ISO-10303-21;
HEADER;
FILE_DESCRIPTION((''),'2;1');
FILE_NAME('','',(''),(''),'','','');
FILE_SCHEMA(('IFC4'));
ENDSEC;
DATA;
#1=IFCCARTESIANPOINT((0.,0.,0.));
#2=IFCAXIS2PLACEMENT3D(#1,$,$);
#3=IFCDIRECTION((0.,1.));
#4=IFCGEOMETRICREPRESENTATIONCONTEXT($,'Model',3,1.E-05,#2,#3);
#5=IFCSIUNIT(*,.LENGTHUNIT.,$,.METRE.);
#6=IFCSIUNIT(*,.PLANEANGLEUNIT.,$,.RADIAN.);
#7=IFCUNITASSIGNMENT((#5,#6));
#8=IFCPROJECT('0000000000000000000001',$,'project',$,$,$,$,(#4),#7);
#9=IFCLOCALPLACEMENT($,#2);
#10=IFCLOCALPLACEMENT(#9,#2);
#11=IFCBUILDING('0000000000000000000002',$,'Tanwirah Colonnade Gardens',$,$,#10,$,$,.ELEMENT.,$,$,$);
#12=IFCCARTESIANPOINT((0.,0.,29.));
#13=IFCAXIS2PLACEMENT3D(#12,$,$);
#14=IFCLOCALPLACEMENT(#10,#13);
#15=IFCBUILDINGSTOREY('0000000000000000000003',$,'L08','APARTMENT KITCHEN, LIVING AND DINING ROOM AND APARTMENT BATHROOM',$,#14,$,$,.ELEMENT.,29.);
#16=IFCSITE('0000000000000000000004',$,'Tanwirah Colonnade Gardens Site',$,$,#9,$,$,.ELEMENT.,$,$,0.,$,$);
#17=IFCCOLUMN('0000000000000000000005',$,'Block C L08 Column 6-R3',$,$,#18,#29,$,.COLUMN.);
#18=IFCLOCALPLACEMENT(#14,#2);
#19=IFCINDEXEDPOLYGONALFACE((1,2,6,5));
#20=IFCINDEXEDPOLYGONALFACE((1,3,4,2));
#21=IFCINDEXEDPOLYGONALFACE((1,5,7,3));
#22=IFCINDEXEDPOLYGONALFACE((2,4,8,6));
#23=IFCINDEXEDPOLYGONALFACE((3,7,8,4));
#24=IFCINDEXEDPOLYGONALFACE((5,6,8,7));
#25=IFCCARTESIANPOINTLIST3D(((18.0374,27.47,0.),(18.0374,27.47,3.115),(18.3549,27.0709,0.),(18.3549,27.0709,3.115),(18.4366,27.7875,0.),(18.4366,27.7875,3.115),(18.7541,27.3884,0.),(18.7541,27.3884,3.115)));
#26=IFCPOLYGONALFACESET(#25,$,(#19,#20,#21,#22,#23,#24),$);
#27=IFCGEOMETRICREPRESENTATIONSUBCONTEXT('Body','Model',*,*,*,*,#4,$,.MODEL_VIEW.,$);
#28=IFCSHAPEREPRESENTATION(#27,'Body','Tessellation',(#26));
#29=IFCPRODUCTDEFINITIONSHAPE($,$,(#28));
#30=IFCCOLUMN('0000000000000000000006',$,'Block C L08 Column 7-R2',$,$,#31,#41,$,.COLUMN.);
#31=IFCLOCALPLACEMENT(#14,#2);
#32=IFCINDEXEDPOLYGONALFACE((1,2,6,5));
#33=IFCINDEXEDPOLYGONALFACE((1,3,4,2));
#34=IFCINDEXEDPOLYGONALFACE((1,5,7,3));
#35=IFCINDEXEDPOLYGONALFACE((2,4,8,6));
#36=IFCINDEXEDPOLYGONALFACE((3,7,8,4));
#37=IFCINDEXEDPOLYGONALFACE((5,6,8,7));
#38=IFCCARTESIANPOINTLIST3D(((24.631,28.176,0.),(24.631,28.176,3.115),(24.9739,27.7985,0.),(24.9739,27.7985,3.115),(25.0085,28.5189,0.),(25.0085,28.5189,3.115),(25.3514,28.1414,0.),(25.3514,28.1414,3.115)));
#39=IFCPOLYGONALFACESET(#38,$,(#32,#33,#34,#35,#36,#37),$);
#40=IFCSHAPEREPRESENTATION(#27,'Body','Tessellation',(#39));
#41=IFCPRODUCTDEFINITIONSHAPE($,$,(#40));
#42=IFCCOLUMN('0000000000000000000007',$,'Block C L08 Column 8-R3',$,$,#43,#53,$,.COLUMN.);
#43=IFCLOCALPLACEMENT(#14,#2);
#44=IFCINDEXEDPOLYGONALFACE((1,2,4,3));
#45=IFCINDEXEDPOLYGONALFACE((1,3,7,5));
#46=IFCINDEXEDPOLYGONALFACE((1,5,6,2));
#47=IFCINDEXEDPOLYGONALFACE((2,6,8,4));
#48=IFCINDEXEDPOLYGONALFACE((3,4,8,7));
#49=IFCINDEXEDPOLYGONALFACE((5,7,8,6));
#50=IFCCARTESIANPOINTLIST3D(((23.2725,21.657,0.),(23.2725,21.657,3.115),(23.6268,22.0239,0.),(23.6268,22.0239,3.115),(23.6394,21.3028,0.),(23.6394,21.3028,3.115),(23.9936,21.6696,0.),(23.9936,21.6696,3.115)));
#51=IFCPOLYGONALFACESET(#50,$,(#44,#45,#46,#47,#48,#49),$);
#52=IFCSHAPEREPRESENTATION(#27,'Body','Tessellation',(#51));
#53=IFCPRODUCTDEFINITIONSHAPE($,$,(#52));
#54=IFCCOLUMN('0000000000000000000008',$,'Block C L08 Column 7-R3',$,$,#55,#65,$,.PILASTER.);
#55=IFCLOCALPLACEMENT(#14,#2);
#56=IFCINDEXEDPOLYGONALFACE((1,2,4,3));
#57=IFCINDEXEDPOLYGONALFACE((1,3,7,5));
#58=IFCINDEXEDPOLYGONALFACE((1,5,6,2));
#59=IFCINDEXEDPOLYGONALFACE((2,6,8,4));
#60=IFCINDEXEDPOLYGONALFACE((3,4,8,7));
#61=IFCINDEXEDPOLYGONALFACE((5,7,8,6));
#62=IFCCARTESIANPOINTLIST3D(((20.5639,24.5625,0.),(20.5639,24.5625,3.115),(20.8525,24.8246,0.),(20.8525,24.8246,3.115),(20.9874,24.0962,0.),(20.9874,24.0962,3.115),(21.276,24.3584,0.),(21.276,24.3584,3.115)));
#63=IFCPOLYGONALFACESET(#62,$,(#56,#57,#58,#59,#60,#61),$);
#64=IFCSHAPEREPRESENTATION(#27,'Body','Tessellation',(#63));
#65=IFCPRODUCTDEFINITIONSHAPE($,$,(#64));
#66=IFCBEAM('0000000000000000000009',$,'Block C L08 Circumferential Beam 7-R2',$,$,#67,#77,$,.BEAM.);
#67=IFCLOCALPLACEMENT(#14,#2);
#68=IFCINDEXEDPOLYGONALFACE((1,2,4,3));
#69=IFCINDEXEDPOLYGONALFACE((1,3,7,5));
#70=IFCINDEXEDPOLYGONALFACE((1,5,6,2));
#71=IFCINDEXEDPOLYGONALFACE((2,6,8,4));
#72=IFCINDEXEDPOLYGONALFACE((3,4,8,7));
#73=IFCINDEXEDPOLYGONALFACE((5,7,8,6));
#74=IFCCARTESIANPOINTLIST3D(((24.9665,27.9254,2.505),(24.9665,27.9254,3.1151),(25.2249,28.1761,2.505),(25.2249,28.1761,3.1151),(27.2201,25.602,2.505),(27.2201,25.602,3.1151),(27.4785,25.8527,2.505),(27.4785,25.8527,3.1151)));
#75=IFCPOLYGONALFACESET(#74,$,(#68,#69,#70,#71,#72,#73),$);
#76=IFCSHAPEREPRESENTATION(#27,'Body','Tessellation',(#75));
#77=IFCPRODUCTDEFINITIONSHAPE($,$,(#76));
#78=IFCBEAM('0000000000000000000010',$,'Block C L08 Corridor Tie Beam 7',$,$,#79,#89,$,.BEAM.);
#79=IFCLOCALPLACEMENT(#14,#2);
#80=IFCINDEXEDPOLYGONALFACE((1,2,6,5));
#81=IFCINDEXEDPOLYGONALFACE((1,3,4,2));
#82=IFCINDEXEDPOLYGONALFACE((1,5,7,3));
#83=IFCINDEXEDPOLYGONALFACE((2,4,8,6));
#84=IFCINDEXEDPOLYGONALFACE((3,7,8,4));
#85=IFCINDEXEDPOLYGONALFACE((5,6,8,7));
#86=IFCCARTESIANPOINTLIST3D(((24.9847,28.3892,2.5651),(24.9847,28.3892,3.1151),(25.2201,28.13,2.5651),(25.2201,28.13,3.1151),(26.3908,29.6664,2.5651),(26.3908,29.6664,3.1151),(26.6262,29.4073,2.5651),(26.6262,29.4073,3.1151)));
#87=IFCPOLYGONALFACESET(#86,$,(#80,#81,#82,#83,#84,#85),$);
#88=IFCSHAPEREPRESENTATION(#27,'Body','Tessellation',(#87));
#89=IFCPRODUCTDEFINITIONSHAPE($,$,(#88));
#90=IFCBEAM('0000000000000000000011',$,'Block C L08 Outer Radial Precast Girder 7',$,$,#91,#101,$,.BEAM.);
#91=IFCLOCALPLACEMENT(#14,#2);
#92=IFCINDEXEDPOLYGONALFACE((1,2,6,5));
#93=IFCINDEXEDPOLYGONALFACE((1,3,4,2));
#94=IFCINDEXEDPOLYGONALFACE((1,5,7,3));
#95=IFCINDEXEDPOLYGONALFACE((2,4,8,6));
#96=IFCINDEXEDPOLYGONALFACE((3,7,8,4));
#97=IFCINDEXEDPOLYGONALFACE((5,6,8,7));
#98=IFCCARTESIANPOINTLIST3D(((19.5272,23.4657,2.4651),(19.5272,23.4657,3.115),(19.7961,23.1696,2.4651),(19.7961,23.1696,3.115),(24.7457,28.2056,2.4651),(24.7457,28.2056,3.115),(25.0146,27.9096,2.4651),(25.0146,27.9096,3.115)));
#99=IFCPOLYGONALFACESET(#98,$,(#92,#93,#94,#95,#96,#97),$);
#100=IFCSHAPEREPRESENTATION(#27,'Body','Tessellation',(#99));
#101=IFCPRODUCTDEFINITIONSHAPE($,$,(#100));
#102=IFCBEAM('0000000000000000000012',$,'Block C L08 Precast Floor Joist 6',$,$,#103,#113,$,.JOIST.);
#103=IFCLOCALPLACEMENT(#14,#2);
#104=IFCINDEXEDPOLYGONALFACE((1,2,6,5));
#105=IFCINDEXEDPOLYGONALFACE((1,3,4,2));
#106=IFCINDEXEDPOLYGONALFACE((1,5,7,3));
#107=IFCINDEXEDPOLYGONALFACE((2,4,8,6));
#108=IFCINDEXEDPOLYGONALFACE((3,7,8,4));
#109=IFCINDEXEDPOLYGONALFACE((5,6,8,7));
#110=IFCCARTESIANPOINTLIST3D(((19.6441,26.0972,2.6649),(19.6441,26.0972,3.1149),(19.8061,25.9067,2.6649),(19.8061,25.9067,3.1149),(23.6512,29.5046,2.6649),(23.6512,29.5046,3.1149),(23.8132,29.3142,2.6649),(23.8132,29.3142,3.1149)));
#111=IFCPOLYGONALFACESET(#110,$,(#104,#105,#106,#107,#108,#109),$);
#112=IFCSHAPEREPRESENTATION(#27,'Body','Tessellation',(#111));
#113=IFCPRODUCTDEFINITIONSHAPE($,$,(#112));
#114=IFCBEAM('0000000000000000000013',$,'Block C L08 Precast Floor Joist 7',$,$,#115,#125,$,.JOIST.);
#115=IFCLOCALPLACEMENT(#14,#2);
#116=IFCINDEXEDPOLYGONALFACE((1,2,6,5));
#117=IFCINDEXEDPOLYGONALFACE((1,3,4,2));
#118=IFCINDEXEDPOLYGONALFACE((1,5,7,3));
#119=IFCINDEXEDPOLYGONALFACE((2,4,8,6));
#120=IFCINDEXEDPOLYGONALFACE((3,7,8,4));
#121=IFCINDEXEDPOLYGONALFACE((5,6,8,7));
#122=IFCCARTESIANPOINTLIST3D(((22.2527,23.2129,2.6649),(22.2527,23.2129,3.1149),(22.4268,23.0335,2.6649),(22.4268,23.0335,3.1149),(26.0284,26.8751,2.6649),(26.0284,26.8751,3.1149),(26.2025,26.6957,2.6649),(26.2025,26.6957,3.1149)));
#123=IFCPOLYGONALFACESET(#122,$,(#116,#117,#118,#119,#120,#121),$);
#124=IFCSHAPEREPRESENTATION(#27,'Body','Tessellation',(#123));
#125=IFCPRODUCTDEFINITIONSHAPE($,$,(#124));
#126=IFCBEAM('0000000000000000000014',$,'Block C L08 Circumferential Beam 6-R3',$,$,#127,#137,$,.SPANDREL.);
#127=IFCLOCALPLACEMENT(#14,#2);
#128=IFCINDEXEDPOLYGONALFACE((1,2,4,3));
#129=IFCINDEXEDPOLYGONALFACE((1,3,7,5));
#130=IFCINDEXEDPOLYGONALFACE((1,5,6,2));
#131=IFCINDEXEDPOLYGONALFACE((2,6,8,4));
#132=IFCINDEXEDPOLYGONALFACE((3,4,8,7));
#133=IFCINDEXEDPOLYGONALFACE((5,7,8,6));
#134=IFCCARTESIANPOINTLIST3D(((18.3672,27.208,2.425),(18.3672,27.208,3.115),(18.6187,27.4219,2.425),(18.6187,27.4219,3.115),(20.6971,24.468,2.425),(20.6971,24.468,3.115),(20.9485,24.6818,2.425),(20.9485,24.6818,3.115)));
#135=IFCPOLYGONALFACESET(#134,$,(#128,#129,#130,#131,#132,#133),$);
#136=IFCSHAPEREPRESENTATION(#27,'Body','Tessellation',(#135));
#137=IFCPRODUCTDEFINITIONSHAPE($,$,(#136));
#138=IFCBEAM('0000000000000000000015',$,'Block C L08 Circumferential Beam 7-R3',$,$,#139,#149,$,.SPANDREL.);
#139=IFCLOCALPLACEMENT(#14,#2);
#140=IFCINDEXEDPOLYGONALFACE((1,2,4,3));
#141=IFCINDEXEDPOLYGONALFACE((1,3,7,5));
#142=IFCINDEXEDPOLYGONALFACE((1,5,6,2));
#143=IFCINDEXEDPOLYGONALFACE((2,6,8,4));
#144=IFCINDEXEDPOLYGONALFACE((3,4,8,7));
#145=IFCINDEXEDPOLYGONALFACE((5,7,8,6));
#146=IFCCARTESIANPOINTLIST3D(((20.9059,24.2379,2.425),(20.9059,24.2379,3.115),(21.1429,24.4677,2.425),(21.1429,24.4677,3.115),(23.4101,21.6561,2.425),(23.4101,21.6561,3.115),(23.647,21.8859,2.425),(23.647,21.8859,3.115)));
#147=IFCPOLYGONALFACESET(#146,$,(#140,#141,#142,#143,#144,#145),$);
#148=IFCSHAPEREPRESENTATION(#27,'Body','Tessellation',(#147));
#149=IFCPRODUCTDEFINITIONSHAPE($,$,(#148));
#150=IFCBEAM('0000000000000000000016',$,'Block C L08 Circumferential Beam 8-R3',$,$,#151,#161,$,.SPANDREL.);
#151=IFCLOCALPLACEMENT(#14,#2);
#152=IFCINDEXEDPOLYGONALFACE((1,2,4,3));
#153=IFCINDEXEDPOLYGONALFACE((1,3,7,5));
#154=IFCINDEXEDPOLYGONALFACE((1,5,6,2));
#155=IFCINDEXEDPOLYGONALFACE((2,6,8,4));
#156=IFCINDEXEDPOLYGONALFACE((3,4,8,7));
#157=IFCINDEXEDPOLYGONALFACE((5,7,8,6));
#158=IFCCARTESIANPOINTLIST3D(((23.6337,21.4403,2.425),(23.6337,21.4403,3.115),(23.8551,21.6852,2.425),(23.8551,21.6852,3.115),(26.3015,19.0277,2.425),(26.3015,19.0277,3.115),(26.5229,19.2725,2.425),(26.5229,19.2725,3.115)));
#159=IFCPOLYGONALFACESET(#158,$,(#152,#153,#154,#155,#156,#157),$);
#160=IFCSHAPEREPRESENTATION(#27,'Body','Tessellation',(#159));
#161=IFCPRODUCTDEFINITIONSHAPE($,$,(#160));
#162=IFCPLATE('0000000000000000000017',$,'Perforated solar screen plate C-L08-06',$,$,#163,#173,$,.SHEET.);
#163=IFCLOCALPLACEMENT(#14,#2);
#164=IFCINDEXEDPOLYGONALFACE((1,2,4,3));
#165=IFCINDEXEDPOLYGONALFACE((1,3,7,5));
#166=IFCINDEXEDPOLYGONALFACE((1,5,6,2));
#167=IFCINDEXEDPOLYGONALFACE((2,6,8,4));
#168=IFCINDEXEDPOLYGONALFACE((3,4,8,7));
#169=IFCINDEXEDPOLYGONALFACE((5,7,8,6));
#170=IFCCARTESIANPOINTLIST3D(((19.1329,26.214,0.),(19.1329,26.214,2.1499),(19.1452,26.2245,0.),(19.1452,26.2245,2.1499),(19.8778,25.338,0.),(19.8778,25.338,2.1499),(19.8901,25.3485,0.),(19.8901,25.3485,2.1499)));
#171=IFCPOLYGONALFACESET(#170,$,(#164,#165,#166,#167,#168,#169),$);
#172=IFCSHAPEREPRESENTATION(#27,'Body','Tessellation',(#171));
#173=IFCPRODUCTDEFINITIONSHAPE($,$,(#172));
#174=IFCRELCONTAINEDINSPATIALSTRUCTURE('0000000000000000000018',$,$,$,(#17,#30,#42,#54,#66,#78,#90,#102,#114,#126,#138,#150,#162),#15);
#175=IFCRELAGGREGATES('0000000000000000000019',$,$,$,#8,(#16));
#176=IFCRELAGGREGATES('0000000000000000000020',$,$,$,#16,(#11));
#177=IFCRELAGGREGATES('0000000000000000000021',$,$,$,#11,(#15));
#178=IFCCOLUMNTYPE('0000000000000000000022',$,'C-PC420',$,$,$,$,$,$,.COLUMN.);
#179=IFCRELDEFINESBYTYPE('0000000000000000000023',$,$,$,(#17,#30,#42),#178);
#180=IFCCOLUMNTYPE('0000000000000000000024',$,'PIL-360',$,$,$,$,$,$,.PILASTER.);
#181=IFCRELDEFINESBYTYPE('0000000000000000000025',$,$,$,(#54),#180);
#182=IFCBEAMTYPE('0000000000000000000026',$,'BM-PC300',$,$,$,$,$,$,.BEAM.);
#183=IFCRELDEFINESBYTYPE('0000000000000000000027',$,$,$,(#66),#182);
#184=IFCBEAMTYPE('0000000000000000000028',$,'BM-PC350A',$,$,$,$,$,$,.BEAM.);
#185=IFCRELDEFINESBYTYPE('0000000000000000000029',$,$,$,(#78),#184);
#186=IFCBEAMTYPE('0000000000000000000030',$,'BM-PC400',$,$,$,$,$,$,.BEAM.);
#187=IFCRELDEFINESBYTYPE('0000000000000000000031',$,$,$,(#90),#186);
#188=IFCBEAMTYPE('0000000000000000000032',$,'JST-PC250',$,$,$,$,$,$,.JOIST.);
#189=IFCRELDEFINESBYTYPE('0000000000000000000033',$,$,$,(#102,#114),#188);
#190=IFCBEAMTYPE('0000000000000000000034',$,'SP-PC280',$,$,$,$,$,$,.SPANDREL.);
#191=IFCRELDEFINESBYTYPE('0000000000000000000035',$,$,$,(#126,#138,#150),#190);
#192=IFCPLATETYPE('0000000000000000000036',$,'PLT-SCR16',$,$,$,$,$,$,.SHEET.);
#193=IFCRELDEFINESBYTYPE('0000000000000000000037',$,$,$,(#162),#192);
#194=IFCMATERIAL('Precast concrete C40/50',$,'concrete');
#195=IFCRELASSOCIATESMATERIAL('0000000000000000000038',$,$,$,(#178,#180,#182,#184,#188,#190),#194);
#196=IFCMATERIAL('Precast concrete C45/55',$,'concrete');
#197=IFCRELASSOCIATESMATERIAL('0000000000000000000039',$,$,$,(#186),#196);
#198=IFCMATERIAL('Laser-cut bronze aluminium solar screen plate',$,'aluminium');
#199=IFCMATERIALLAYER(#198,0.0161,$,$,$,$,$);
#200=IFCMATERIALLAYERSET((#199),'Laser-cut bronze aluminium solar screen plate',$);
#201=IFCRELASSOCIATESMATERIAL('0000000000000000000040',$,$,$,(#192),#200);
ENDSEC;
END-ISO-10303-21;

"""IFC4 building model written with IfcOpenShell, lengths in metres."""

from ifc_helpers import new_model, si_unit, direction, frame, origin, origin_2d, place, context, subcontext, project, spatial, rectangle, extrude, material, layer, layer_set, material_profile, profile_set, type_object, element, save


model = new_model("IFC4")

# Units and contexts
model_context = context("Model", 3, precision=1e-05, world=origin(), true_north=direction((0.0, 1.0)))
body_context = subcontext(model_context, "Body", "Model", "MODEL_VIEW")
ifc_project = project(units=[si_unit("LENGTHUNIT", "METRE"), si_unit("PLANEANGLEUNIT", "RADIAN")], contexts=[model_context])

# Site, building, storey
site_placement = place(None, origin())
site = spatial("IfcSite", under=ifc_project, at=site_placement, Name="Tanwirah Colonnade Gardens Site", CompositionType="ELEMENT", RefElevation=0.0)
building_placement = place(site_placement, origin())
building = spatial("IfcBuilding", under=site, at=building_placement, Name="Tanwirah Colonnade Gardens", CompositionType="ELEMENT")
storey_placement = place(building_placement, frame((0.0, 0.0, 29.0)))
storey = spatial("IfcBuildingStorey", under=building, at=storey_placement, Name="L08", Description="APARTMENT KITCHEN, LIVING AND DINING ROOM AND APARTMENT BATHROOM", CompositionType="ELEMENT", Elevation=29.0)

# Columns
ifc_material_1 = material(Name="Precast concrete C40/50", Category="concrete")
ifc_material_profile_1 = material_profile(ifc_material_1, rectangle(XDim=0.51, YDim=0.51, at=origin_2d()), Name="PC-COL 510x510")
ifc_profile_set_1 = profile_set([ifc_material_profile_1], Name="Precast concrete C40/50")
column_type_1 = type_object("IfcColumnType", Name="C-PC420", PredefinedType="COLUMN", material=ifc_profile_set_1)
for number, where, z_axis, x_axis, name in (
    (1, (18.3958, 27.4292, 0.0), (0.0, 0.0, 1.0), (-0.782608, -0.622515, 0.0), "Block C L08 Column 6-R3"),
    (2, (24.9912, 28.1587, 0.0), (0.0, 0.0, 1.0), (-0.740218, -0.672367, 0.0), "Block C L08 Column 7-R2"),
    (3, (23.6331, 21.6633, 0.0), (0.0, 0.0, 1.0), (-0.694658, -0.71934, 0.0), "Block C L08 Column 8-R3"),
):
    element("IfcColumn", number, at=place(storey_placement, frame(where, z_axis=z_axis, x_axis=x_axis)), inside=storey, type_object=column_type_1, Name=name, PredefinedType="COLUMN", context=body_context, shape_type="SweptSolid", body=[
        extrude(rectangle(XDim=0.51, YDim=0.51, at=origin_2d()), origin(), (0.0, 0.0, 1.0), 3.115),
    ])
ifc_material_profile_2 = material_profile(ifc_material_1, rectangle(XDim=0.3899, YDim=0.6299, at=origin_2d()), Name="PC-PIL 390x630")
ifc_profile_set_2 = profile_set([ifc_material_profile_2], Name="Precast concrete C40/50")
column_type_2 = type_object("IfcColumnType", Name="PIL-360", PredefinedType="PILASTER", material=ifc_profile_set_2)
column_placement = place(storey_placement, frame((20.9199, 24.4604, 0.0), z_axis=(0.0, 0.0, 1.0), x_axis=(-0.740218, -0.672367, 0.0)))
element("IfcColumn", 4, at=column_placement, inside=storey, type_object=column_type_2, Name="Block C L08 Column 7-R3", PredefinedType="PILASTER", context=body_context, shape_type="SweptSolid", body=[
    extrude(rectangle(XDim=0.3899, YDim=0.6299, at=origin_2d()), origin(), (0.0, 0.0, 1.0), 3.115),
])

# Beams
ifc_material_profile_3 = material_profile(ifc_material_1, rectangle(XDim=0.3601, YDim=0.6101, at=origin_2d()), Name="PC-BM 360x610")
ifc_profile_set_3 = profile_set([ifc_material_profile_3], Name="Precast concrete C40/50")
beam_type_1 = type_object("IfcBeamType", Name="BM-PC300", PredefinedType="BEAM", material=ifc_profile_set_3)
beam_1_placement = place(storey_placement, frame((25.0957, 28.0508, 2.8101), z_axis=(0.696239, -0.71781, 0.0), x_axis=(0.71781, 0.696239, 0.0)))
element("IfcBeam", 5, at=beam_1_placement, inside=storey, type_object=beam_type_1, Name="Block C L08 Circumferential Beam 7-R2", PredefinedType="BEAM", context=body_context, shape_type="SweptSolid", body=[
    extrude(rectangle(XDim=0.3601, YDim=0.6101, at=origin_2d()), origin(), (0.0, 0.0, 1.0), 3.2368),
])
ifc_material_profile_4 = material_profile(ifc_material_1, rectangle(XDim=0.3501, YDim=0.55, at=origin_2d()), Name="PC-BM 350x550")
ifc_profile_set_4 = profile_set([ifc_material_profile_4], Name="Precast concrete C40/50")
beam_type_2 = type_object("IfcBeamType", Name="BM-PC350A", PredefinedType="BEAM", material=ifc_profile_set_4)
beam_2_placement = place(storey_placement, frame((26.5085, 29.5369, 2.8401), z_axis=(-0.740219, -0.672366, 0.0), x_axis=(0.672366, -0.740219, 0.0)))
element("IfcBeam", 6, at=beam_2_placement, inside=storey, type_object=beam_type_2, Name="Block C L08 Corridor Tie Beam 7", PredefinedType="BEAM", context=body_context, shape_type="SweptSolid", body=[
    extrude(rectangle(XDim=0.3501, YDim=0.55, at=origin_2d()), origin(), (0.0, 0.0, 1.0), 1.8997),
])
ifc_material_2 = material(Name="Precast concrete C45/55", Category="concrete")
ifc_material_profile_5 = material_profile(ifc_material_2, rectangle(XDim=0.3999, YDim=0.6499, at=origin_2d()), Name="PC-BM 400x650")
ifc_profile_set_5 = profile_set([ifc_material_profile_5], Name="Precast concrete C45/55")
beam_type_3 = type_object("IfcBeamType", Name="BM-PC400", PredefinedType="BEAM", material=ifc_profile_set_5)
beam_3_placement = place(storey_placement, frame((24.8801, 28.0576, 2.79), z_axis=(-0.74023, -0.672354, 0.0), x_axis=(0.672354, -0.74023, 0.0)))
element("IfcBeam", 7, at=beam_3_placement, inside=storey, type_object=beam_type_3, Name="Block C L08 Outer Radial Precast Girder 7", PredefinedType="BEAM", context=body_context, shape_type="SweptSolid", body=[
    extrude(rectangle(XDim=0.3999, YDim=0.6499, at=origin_2d()), origin(), (0.0, 0.0, 1.0), 7.0498),
])
ifc_material_profile_6 = material_profile(ifc_material_1, rectangle(XDim=0.25, YDim=0.45, at=origin_2d()), Name="PC-JST 250x450")
ifc_profile_set_6 = profile_set([ifc_material_profile_6], Name="Precast concrete C40/50")
beam_type_4 = type_object("IfcBeamType", Name="JST-PC250", PredefinedType="JOIST", material=ifc_profile_set_6)
for number, where, z_axis, x_axis, name in (
    (8, (23.7322, 29.4094, 2.8899), (-0.761803, -0.647809, 0.0), (0.647809, -0.761803, 0.0), "Block C L08 Precast Floor Joist 6"),
    (9, (26.1155, 26.7854, 2.8899), (-0.717816, -0.696233, 0.0), (0.696233, -0.717816, 0.0), "Block C L08 Precast Floor Joist 7"),
):
    element("IfcBeam", number, at=place(storey_placement, frame(where, z_axis=z_axis, x_axis=x_axis)), inside=storey, type_object=beam_type_4, Name=name, PredefinedType="JOIST", context=body_context, shape_type="SweptSolid", body=[
        extrude(rectangle(XDim=0.25, YDim=0.45, at=origin_2d()), origin(), (0.0, 0.0, 1.0), 5.26),
    ])
ifc_material_profile_7 = material_profile(ifc_material_1, rectangle(XDim=0.3301, YDim=0.6899, at=origin_2d()), Name="PC-SP 330x690")
ifc_profile_set_7 = profile_set([ifc_material_profile_7], Name="Precast concrete C40/50")
beam_type_5 = type_object("IfcBeamType", Name="SP-PC280", PredefinedType="SPANDREL", material=ifc_profile_set_7)
for number, where, z_axis, x_axis, name in (
    (10, (18.4929, 27.3149, 2.77), (0.647784, -0.761824, 0.0), (0.761824, 0.647784, 0.0), "Block C L08 Circumferential Beam 6-R3"),
    (11, (21.0244, 24.3528, 2.77), (0.696232, -0.717817, 0.0), (0.717817, 0.696232, 0.0), "Block C L08 Circumferential Beam 7-R3"),
):
    element("IfcBeam", number, at=place(storey_placement, frame(where, z_axis=z_axis, x_axis=x_axis)), inside=storey, type_object=beam_type_5, Name=name, PredefinedType="SPANDREL", context=body_context, shape_type="SweptSolid", body=[
        extrude(rectangle(XDim=0.3301, YDim=0.6899, at=origin_2d()), origin(), (0.0, 0.0, 1.0), 3.5967),
    ])
beam_4_placement = place(storey_placement, frame((23.7444, 21.5627, 2.77), z_axis=(0.741682, -0.670752, 0.0), x_axis=(0.670752, 0.741682, 0.0)))
element("IfcBeam", 12, at=beam_4_placement, inside=storey, type_object=beam_type_5, Name="Block C L08 Circumferential Beam 8-R3", PredefinedType="SPANDREL", context=body_context, shape_type="SweptSolid", body=[
    extrude(rectangle(XDim=0.3301, YDim=0.6899, at=origin_2d()), origin(), (0.0, 0.0, 1.0), 3.5969),
])

# Plate
ifc_material_3 = material(Name="Laser-cut bronze aluminium solar screen plate", Category="aluminium")
ifc_layer_1 = layer(ifc_material_3, 0.0161)
ifc_layer_set_1 = layer_set([ifc_layer_1], Name="Laser-cut bronze aluminium solar screen plate")
plate_type = type_object("IfcPlateType", Name="PLT-SCR16", PredefinedType="SHEET", material=ifc_layer_set_1)
plate_placement = place(storey_placement, frame((19.5115, 25.7812, 0.0), z_axis=(0.0, 0.0, 1.0), x_axis=(0.647789, -0.76182, 0.0)))
element("IfcPlate", 13, at=plate_placement, inside=storey, type_object=plate_type, Name="Perforated solar screen plate C-L08-06", PredefinedType="SHEET", context=body_context, shape_type="SweptSolid", body=[
    extrude(rectangle(XDim=1.1499, YDim=0.0161, at=origin_2d()), origin(), (0.0, 0.0, 1.0), 2.1499),
])

save(model, "model.ifc")
